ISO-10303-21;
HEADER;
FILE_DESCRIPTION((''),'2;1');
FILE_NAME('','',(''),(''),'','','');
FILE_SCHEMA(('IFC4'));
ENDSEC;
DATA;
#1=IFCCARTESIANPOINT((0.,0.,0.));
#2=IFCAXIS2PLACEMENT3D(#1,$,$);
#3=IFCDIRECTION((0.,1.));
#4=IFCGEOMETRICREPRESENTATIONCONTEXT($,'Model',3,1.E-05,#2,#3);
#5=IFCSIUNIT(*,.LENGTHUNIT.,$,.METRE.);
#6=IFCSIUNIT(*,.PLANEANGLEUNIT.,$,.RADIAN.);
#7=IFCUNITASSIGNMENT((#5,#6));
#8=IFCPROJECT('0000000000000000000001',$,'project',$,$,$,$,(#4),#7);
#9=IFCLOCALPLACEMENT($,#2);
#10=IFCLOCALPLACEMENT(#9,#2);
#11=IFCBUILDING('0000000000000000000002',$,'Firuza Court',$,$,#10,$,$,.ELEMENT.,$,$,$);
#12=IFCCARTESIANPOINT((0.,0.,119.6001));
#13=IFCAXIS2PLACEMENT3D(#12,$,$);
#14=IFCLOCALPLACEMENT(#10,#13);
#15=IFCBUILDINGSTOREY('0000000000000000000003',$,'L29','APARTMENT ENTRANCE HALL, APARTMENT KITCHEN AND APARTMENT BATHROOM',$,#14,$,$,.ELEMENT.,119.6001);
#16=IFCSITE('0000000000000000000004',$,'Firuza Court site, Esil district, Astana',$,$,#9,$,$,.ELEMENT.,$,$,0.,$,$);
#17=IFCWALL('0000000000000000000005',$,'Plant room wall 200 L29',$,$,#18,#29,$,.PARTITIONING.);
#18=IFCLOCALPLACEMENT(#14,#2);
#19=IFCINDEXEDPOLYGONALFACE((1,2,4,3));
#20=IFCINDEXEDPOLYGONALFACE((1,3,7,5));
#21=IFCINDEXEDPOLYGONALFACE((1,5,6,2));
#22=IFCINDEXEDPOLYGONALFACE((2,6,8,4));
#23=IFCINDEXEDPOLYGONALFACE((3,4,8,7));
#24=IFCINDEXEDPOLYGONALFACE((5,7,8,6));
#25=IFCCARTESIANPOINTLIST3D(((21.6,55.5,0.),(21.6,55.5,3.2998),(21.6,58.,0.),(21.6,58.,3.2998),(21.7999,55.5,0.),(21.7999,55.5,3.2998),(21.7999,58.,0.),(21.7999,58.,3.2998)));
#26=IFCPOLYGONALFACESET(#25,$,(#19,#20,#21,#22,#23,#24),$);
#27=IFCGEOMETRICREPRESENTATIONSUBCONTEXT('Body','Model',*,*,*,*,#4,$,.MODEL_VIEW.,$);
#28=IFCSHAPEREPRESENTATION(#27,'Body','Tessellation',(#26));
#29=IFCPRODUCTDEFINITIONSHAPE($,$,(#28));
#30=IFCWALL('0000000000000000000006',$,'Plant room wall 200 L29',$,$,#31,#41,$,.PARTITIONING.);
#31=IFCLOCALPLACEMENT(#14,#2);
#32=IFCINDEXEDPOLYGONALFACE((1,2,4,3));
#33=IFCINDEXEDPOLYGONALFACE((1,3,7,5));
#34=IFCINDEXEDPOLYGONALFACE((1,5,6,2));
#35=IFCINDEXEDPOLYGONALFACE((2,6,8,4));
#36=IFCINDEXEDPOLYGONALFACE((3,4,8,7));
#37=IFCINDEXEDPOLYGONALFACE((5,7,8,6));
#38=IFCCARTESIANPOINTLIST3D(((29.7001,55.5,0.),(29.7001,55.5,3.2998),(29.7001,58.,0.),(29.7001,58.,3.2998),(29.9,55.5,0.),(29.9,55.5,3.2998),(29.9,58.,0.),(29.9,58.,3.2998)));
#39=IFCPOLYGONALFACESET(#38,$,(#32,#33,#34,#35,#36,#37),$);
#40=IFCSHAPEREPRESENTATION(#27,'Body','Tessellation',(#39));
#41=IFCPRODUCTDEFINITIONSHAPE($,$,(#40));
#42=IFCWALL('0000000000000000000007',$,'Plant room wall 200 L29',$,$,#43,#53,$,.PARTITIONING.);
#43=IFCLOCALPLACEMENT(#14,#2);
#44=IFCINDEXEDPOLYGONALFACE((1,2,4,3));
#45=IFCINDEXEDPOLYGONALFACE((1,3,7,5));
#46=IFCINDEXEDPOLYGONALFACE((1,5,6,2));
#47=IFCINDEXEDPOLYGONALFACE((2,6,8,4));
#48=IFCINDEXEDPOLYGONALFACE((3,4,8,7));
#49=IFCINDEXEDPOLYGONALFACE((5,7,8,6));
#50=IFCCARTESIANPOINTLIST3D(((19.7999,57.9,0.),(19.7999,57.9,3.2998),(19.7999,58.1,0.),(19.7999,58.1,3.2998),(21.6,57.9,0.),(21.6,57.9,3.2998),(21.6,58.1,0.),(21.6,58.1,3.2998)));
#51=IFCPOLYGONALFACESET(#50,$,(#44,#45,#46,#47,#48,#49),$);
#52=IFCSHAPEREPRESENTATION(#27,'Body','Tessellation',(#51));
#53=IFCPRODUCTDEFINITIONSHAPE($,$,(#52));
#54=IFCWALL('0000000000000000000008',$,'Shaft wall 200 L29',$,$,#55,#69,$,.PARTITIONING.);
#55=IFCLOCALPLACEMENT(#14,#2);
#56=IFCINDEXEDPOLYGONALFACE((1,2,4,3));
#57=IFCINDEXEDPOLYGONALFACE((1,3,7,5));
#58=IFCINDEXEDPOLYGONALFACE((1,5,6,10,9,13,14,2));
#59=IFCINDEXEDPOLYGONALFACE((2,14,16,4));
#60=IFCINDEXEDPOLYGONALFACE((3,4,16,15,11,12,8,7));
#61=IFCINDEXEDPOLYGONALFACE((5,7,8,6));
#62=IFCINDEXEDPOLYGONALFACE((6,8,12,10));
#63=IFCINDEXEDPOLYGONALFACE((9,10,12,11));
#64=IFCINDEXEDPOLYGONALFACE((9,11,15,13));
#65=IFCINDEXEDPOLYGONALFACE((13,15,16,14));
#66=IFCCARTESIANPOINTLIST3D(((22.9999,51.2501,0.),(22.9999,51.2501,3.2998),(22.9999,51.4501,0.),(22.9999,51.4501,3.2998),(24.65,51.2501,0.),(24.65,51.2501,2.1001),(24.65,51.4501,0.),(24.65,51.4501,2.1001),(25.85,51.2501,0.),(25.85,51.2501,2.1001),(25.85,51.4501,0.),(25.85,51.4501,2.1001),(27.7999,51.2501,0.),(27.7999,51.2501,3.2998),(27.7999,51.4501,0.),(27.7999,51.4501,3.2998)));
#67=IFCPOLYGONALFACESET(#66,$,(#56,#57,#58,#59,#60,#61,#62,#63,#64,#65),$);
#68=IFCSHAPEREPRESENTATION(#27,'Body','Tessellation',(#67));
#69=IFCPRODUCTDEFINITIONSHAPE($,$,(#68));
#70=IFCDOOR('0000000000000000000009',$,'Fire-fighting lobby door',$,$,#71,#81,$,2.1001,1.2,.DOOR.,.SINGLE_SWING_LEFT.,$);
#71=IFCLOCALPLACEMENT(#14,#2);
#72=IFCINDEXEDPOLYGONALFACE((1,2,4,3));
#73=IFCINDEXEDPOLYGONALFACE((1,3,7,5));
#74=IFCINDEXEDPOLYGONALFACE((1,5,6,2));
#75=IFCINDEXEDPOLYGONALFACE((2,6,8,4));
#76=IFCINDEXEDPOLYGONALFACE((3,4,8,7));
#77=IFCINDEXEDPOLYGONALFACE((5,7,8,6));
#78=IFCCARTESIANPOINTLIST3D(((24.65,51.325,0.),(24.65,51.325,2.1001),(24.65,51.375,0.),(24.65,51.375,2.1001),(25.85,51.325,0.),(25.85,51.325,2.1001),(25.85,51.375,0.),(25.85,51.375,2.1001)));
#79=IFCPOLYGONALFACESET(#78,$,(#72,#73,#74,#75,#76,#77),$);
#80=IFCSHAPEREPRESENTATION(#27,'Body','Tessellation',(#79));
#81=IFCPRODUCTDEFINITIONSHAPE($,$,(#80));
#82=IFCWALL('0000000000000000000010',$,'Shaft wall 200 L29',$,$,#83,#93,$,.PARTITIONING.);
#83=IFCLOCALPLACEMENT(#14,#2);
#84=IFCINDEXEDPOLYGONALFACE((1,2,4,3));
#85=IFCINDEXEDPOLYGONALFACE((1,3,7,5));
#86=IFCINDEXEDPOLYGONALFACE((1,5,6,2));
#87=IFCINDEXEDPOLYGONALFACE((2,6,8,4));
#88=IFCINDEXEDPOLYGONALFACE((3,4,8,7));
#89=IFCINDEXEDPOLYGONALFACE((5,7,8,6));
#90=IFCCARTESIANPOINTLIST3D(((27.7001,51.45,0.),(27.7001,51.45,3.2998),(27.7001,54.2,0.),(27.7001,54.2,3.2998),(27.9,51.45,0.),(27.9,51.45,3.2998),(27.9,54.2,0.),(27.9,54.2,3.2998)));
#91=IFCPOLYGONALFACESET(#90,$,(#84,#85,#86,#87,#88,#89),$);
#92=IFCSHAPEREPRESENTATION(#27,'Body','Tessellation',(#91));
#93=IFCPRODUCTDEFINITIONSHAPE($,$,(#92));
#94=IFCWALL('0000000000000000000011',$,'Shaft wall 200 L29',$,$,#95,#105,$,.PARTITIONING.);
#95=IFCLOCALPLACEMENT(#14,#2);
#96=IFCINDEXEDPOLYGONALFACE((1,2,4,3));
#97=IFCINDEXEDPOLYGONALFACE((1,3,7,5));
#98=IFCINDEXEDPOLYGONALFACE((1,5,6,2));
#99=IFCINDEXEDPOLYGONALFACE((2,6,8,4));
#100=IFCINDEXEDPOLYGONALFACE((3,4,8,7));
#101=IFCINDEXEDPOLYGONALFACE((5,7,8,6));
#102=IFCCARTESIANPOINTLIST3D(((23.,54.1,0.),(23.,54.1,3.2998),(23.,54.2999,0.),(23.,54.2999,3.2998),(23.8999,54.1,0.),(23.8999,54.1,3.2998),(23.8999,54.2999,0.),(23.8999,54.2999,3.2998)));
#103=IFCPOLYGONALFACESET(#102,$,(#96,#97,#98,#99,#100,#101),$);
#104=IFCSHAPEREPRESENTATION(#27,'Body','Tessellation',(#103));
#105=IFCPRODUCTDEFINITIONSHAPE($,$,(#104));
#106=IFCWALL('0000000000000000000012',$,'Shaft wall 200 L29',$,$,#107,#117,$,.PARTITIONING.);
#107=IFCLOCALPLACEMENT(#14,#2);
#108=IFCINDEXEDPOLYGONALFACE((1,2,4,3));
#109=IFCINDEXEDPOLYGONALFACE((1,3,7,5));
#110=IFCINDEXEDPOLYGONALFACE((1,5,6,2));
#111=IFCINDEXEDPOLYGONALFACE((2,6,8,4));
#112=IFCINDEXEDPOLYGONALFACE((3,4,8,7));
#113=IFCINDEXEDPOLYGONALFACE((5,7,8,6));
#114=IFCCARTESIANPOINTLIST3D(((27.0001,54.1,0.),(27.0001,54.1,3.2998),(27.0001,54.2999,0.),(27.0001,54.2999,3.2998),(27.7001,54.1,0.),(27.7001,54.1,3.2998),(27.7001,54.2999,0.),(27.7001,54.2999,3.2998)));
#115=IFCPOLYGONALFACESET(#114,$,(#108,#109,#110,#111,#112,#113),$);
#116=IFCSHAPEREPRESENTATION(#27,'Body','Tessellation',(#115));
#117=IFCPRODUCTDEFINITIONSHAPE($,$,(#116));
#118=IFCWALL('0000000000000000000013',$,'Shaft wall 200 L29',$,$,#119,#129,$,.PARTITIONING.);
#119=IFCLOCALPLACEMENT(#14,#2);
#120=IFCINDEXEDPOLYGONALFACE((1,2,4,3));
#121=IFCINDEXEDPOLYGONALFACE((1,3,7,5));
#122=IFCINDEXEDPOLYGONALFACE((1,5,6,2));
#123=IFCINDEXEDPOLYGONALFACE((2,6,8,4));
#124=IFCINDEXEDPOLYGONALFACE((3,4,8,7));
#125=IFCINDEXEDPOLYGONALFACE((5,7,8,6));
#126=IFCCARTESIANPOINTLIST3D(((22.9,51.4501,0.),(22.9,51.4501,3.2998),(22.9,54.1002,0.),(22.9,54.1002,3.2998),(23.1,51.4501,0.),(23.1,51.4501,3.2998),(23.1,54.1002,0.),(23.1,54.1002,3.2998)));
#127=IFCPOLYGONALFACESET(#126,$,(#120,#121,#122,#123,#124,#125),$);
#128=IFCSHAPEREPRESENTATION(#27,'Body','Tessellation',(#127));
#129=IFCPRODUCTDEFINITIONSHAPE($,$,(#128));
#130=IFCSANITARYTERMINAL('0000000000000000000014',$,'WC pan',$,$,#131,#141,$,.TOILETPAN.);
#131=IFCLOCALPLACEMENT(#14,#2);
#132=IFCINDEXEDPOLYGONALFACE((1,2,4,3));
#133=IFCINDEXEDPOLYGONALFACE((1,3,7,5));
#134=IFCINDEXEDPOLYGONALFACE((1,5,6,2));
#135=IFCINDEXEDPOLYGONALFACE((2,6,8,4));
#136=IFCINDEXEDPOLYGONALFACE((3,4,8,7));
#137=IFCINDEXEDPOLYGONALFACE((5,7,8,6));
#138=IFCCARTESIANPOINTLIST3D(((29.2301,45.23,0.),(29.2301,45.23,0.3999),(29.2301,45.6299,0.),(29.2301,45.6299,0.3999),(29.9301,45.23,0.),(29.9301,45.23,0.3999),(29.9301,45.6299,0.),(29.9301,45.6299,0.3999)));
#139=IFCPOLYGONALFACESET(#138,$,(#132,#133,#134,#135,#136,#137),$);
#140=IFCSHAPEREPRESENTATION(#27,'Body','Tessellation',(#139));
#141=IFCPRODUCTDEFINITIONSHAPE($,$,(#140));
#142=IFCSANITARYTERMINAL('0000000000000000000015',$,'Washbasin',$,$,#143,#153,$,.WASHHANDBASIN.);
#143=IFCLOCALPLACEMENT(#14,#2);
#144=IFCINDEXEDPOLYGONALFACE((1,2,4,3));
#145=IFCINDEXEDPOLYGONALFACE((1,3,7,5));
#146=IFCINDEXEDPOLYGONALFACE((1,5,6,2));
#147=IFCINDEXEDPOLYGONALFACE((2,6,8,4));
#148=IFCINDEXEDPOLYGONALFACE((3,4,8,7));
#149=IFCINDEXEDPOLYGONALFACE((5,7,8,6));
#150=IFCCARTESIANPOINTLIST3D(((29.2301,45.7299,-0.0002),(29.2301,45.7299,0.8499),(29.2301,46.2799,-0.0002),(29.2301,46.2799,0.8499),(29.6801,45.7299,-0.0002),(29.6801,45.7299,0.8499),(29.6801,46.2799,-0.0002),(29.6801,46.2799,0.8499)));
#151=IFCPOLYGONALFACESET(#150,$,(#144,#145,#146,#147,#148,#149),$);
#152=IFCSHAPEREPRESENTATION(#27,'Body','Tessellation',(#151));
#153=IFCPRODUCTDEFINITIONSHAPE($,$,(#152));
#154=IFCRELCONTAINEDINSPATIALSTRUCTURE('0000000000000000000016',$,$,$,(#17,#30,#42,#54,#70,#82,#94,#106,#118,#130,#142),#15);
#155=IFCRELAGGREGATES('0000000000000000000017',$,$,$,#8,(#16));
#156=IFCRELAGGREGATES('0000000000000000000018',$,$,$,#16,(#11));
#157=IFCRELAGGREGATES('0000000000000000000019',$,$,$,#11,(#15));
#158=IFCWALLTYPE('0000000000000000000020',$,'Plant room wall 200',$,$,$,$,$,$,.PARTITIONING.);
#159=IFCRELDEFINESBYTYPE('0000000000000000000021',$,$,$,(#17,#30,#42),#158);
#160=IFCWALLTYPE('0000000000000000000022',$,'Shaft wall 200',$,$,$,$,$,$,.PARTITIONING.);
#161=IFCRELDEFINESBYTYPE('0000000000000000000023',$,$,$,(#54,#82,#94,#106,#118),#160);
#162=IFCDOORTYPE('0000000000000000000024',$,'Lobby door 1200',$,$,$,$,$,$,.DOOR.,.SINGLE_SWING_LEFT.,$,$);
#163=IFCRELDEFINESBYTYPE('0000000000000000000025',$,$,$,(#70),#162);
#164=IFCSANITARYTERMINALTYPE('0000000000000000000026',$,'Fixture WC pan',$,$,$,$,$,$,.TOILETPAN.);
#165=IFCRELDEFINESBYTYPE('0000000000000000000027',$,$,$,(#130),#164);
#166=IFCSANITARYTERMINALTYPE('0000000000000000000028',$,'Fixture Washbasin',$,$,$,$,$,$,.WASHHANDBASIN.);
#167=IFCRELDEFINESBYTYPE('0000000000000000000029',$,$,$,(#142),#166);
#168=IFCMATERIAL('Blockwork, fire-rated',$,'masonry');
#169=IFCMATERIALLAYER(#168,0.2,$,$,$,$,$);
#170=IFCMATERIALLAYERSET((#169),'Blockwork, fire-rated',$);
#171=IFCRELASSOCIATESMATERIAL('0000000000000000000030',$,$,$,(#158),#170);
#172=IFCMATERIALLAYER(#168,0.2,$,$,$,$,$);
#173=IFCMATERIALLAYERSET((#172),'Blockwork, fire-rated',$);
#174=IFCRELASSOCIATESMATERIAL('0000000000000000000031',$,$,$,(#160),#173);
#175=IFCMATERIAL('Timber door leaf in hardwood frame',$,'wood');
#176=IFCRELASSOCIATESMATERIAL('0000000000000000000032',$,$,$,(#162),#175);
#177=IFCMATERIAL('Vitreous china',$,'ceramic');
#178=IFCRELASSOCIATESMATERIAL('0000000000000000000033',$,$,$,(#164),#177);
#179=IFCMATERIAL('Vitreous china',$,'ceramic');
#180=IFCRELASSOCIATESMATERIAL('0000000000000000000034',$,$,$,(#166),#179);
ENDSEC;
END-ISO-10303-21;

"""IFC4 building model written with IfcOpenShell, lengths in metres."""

from ifc_helpers import new_model, si_unit, direction, frame, frame_2d, origin, origin_2d, place, context, subcontext, project, spatial, rectangle, extrude, material, layer, layer_set, type_object, element, fill, save


model = new_model("IFC4")

# Units and contexts
model_context = context("Model", 3, precision=1e-05, world=origin(), true_north=direction((0.0, 1.0)))
body_context = subcontext(model_context, "Body", "Model", "MODEL_VIEW")
ifc_project = project(units=[si_unit("LENGTHUNIT", "METRE"), si_unit("PLANEANGLEUNIT", "RADIAN")], contexts=[model_context])

# Site, building, storey
site_placement = place(None, origin())
site = spatial("IfcSite", under=ifc_project, at=site_placement, Name="Firuza Court site, Esil district, Astana", CompositionType="ELEMENT", RefElevation=0.0)
building_placement = place(site_placement, origin())
building = spatial("IfcBuilding", under=site, at=building_placement, Name="Firuza Court", CompositionType="ELEMENT")
storey_placement = place(building_placement, frame((0.0, 0.0, 119.6001)))
storey = spatial("IfcBuildingStorey", under=building, at=storey_placement, Name="L29", Description="APARTMENT ENTRANCE HALL, APARTMENT KITCHEN AND APARTMENT BATHROOM", CompositionType="ELEMENT", Elevation=119.6001)

# Shared definitions
ifc_material_1 = material(Name="Blockwork, fire-rated", Category="masonry")
ifc_layer_1 = layer(ifc_material_1, 0.2)
ifc_layer_set_1 = layer_set([ifc_layer_1], Name="Blockwork, fire-rated")
wall_type_1 = type_object("IfcWallType", Name="Plant room wall 200", PredefinedType="PARTITIONING", material=ifc_layer_set_1)

# Walls
for number, where, z_axis, x_axis, name in (
    (1, (21.7, 55.5, 0.0), (0.0, 0.0, 1.0), (0.0, 1.0, 0.0), "Plant room wall 200 L29"),
    (2, (29.8, 55.5, 0.0), (0.0, 0.0, 1.0), (0.0, 1.0, 0.0), "Plant room wall 200 L29"),
):
    element("IfcWall", number, at=place(storey_placement, frame(where, z_axis=z_axis, x_axis=x_axis)), inside=storey, type_object=wall_type_1, Name=name, PredefinedType="PARTITIONING", context=body_context, shape_type="SweptSolid", body=[
        extrude(rectangle(XDim=2.5, YDim=0.2, at=frame_2d((1.25, 0.0))), origin(), (0.0, 0.0, 1.0), 3.2998),
    ])
wall_1_placement = place(storey_placement, frame((19.8, 58.0, 0.0), z_axis=(0.0, 0.0, 1.0), x_axis=(1.0, 0.0, 0.0)))
element("IfcWall", 3, at=wall_1_placement, inside=storey, type_object=wall_type_1, Name="Plant room wall 200 L29", PredefinedType="PARTITIONING", context=body_context, shape_type="SweptSolid", body=[
    extrude(rectangle(XDim=1.8, YDim=0.2, at=frame_2d((0.8999, 0.0))), origin(), (0.0, 0.0, 1.0), 3.2998),
])

# Wall, opening, door
ifc_layer_2 = layer(ifc_material_1, 0.2)
ifc_layer_set_2 = layer_set([ifc_layer_2], Name="Blockwork, fire-rated")
wall_type_2 = type_object("IfcWallType", Name="Shaft wall 200", PredefinedType="PARTITIONING", material=ifc_layer_set_2)
wall_2_placement = place(storey_placement, frame((23.0, 51.3501, 0.0), z_axis=(0.0, 0.0, 1.0), x_axis=(1.0, 0.0, 0.0)))
wall_2 = element("IfcWall", 4, at=wall_2_placement, inside=storey, type_object=wall_type_2, Name="Shaft wall 200 L29", PredefinedType="PARTITIONING", context=body_context, shape_type="SweptSolid", body=[
    extrude(rectangle(XDim=4.8, YDim=0.2, at=frame_2d((2.3999, 0.0))), origin(), (0.0, 0.0, 1.0), 3.2998),
])
opening_1_placement = place(wall_2_placement, frame((1.6499, 0.0, 0.0)))
opening_1 = element("IfcOpeningElement", 5, at=opening_1_placement, cuts=wall_2, PredefinedType="OPENING", context=body_context, shape_type="SweptSolid", body=[
    extrude(rectangle(XDim=1.2, YDim=2.1001, at=frame_2d((0.6001, 1.05))), frame((0.0, 0.1118, 0.0), z_axis=(0.0, -1.0, 0.0), x_axis=(1.0, 0.0, 0.0)), (0.0, 0.0, 1.0), 0.2239),
])
ifc_material_2 = material(Name="Timber door leaf in hardwood frame", Category="wood")
door_type_1 = type_object("IfcDoorType", Name="Lobby door 1200", OperationType="SINGLE_SWING_LEFT", PredefinedType="DOOR", material=ifc_material_2)
door_1_placement = place(opening_1_placement, origin())
door_1 = element("IfcDoor", 6, at=door_1_placement, inside=storey, type_object=door_type_1, Name="Fire-fighting lobby door", OperationType="SINGLE_SWING_LEFT", OverallHeight=2.1001, OverallWidth=1.2, PredefinedType="DOOR", context=body_context, shape_type="SweptSolid", body=[
    extrude(rectangle(XDim=1.2, YDim=2.1001, at=frame_2d((0.6001, 1.05))), frame((0.0, 0.0249, 0.0), z_axis=(0.0, -1.0, 0.0), x_axis=(1.0, 0.0, 0.0)), (0.0, 0.0, 1.0), 0.05),
])
fill(opening_1, door_1)

# Walls
wall_3_placement = place(storey_placement, frame((27.8, 51.45, 0.0), z_axis=(0.0, 0.0, 1.0), x_axis=(0.0, 1.0, 0.0)))
element("IfcWall", 7, at=wall_3_placement, inside=storey, type_object=wall_type_2, Name="Shaft wall 200 L29", PredefinedType="PARTITIONING", context=body_context, shape_type="SweptSolid", body=[
    extrude(rectangle(XDim=2.75, YDim=0.2, at=frame_2d((1.375, 0.0))), origin(), (0.0, 0.0, 1.0), 3.2998),
])
wall_4_placement = place(storey_placement, frame((23.0, 54.2, 0.0), z_axis=(0.0, 0.0, 1.0), x_axis=(1.0, 0.0, 0.0)))
element("IfcWall", 8, at=wall_4_placement, inside=storey, type_object=wall_type_2, Name="Shaft wall 200 L29", PredefinedType="PARTITIONING", context=body_context, shape_type="SweptSolid", body=[
    extrude(rectangle(XDim=0.8999, YDim=0.2, at=frame_2d((0.45, 0.0))), origin(), (0.0, 0.0, 1.0), 3.2998),
])
wall_5_placement = place(storey_placement, frame((27.0, 54.2, 0.0), z_axis=(0.0, 0.0, 1.0), x_axis=(1.0, 0.0, 0.0)))
element("IfcWall", 9, at=wall_5_placement, inside=storey, type_object=wall_type_2, Name="Shaft wall 200 L29", PredefinedType="PARTITIONING", context=body_context, shape_type="SweptSolid", body=[
    extrude(rectangle(XDim=0.7, YDim=0.2, at=frame_2d((0.3501, 0.0))), origin(), (0.0, 0.0, 1.0), 3.2998),
])
wall_6_placement = place(storey_placement, frame((23.0, 51.45, 0.0), z_axis=(0.0, 0.0, 1.0), x_axis=(0.0, 1.0, 0.0)))
element("IfcWall", 10, at=wall_6_placement, inside=storey, type_object=wall_type_2, Name="Shaft wall 200 L29", PredefinedType="PARTITIONING", context=body_context, shape_type="SweptSolid", body=[
    extrude(rectangle(XDim=2.6501, YDim=0.2, at=frame_2d((1.3252, 0.0))), origin(), (0.0, 0.0, 1.0), 3.2998),
])

# Sanitary terminals
ifc_material_3 = material(Name="Vitreous china", Category="ceramic")
sanitary_terminal_type_1 = type_object("IfcSanitaryTerminalType", Name="Fixture WC pan", PredefinedType="TOILETPAN", material=ifc_material_3)
sanitary_terminal_1_placement = place(storey_placement, frame((29.5801, 45.4299, 0.0), z_axis=(0.0, 0.0, 1.0), x_axis=(1.0, 0.0, 0.0)))
element("IfcSanitaryTerminal", 11, at=sanitary_terminal_1_placement, inside=storey, type_object=sanitary_terminal_type_1, Name="WC pan", PredefinedType="TOILETPAN", context=body_context, shape_type="SweptSolid", body=[
    extrude(rectangle(XDim=0.7, YDim=0.3999, at=origin_2d()), origin(), (0.0, 0.0, 1.0), 0.3999),
])
ifc_material_4 = material(Name="Vitreous china", Category="ceramic")
sanitary_terminal_type_2 = type_object("IfcSanitaryTerminalType", Name="Fixture Washbasin", PredefinedType="WASHHANDBASIN", material=ifc_material_4)
sanitary_terminal_2_placement = place(storey_placement, frame((29.4551, 46.0049, -0.0002), z_axis=(0.0, 0.0, 1.0), x_axis=(1.0, 0.0, 0.0)))
element("IfcSanitaryTerminal", 12, at=sanitary_terminal_2_placement, inside=storey, type_object=sanitary_terminal_type_2, Name="Washbasin", PredefinedType="WASHHANDBASIN", context=body_context, shape_type="SweptSolid", body=[
    extrude(rectangle(XDim=0.45, YDim=0.55, at=origin_2d()), origin(), (0.0, 0.0, 1.0), 0.8501),
])

save(model, "model.ifc")
